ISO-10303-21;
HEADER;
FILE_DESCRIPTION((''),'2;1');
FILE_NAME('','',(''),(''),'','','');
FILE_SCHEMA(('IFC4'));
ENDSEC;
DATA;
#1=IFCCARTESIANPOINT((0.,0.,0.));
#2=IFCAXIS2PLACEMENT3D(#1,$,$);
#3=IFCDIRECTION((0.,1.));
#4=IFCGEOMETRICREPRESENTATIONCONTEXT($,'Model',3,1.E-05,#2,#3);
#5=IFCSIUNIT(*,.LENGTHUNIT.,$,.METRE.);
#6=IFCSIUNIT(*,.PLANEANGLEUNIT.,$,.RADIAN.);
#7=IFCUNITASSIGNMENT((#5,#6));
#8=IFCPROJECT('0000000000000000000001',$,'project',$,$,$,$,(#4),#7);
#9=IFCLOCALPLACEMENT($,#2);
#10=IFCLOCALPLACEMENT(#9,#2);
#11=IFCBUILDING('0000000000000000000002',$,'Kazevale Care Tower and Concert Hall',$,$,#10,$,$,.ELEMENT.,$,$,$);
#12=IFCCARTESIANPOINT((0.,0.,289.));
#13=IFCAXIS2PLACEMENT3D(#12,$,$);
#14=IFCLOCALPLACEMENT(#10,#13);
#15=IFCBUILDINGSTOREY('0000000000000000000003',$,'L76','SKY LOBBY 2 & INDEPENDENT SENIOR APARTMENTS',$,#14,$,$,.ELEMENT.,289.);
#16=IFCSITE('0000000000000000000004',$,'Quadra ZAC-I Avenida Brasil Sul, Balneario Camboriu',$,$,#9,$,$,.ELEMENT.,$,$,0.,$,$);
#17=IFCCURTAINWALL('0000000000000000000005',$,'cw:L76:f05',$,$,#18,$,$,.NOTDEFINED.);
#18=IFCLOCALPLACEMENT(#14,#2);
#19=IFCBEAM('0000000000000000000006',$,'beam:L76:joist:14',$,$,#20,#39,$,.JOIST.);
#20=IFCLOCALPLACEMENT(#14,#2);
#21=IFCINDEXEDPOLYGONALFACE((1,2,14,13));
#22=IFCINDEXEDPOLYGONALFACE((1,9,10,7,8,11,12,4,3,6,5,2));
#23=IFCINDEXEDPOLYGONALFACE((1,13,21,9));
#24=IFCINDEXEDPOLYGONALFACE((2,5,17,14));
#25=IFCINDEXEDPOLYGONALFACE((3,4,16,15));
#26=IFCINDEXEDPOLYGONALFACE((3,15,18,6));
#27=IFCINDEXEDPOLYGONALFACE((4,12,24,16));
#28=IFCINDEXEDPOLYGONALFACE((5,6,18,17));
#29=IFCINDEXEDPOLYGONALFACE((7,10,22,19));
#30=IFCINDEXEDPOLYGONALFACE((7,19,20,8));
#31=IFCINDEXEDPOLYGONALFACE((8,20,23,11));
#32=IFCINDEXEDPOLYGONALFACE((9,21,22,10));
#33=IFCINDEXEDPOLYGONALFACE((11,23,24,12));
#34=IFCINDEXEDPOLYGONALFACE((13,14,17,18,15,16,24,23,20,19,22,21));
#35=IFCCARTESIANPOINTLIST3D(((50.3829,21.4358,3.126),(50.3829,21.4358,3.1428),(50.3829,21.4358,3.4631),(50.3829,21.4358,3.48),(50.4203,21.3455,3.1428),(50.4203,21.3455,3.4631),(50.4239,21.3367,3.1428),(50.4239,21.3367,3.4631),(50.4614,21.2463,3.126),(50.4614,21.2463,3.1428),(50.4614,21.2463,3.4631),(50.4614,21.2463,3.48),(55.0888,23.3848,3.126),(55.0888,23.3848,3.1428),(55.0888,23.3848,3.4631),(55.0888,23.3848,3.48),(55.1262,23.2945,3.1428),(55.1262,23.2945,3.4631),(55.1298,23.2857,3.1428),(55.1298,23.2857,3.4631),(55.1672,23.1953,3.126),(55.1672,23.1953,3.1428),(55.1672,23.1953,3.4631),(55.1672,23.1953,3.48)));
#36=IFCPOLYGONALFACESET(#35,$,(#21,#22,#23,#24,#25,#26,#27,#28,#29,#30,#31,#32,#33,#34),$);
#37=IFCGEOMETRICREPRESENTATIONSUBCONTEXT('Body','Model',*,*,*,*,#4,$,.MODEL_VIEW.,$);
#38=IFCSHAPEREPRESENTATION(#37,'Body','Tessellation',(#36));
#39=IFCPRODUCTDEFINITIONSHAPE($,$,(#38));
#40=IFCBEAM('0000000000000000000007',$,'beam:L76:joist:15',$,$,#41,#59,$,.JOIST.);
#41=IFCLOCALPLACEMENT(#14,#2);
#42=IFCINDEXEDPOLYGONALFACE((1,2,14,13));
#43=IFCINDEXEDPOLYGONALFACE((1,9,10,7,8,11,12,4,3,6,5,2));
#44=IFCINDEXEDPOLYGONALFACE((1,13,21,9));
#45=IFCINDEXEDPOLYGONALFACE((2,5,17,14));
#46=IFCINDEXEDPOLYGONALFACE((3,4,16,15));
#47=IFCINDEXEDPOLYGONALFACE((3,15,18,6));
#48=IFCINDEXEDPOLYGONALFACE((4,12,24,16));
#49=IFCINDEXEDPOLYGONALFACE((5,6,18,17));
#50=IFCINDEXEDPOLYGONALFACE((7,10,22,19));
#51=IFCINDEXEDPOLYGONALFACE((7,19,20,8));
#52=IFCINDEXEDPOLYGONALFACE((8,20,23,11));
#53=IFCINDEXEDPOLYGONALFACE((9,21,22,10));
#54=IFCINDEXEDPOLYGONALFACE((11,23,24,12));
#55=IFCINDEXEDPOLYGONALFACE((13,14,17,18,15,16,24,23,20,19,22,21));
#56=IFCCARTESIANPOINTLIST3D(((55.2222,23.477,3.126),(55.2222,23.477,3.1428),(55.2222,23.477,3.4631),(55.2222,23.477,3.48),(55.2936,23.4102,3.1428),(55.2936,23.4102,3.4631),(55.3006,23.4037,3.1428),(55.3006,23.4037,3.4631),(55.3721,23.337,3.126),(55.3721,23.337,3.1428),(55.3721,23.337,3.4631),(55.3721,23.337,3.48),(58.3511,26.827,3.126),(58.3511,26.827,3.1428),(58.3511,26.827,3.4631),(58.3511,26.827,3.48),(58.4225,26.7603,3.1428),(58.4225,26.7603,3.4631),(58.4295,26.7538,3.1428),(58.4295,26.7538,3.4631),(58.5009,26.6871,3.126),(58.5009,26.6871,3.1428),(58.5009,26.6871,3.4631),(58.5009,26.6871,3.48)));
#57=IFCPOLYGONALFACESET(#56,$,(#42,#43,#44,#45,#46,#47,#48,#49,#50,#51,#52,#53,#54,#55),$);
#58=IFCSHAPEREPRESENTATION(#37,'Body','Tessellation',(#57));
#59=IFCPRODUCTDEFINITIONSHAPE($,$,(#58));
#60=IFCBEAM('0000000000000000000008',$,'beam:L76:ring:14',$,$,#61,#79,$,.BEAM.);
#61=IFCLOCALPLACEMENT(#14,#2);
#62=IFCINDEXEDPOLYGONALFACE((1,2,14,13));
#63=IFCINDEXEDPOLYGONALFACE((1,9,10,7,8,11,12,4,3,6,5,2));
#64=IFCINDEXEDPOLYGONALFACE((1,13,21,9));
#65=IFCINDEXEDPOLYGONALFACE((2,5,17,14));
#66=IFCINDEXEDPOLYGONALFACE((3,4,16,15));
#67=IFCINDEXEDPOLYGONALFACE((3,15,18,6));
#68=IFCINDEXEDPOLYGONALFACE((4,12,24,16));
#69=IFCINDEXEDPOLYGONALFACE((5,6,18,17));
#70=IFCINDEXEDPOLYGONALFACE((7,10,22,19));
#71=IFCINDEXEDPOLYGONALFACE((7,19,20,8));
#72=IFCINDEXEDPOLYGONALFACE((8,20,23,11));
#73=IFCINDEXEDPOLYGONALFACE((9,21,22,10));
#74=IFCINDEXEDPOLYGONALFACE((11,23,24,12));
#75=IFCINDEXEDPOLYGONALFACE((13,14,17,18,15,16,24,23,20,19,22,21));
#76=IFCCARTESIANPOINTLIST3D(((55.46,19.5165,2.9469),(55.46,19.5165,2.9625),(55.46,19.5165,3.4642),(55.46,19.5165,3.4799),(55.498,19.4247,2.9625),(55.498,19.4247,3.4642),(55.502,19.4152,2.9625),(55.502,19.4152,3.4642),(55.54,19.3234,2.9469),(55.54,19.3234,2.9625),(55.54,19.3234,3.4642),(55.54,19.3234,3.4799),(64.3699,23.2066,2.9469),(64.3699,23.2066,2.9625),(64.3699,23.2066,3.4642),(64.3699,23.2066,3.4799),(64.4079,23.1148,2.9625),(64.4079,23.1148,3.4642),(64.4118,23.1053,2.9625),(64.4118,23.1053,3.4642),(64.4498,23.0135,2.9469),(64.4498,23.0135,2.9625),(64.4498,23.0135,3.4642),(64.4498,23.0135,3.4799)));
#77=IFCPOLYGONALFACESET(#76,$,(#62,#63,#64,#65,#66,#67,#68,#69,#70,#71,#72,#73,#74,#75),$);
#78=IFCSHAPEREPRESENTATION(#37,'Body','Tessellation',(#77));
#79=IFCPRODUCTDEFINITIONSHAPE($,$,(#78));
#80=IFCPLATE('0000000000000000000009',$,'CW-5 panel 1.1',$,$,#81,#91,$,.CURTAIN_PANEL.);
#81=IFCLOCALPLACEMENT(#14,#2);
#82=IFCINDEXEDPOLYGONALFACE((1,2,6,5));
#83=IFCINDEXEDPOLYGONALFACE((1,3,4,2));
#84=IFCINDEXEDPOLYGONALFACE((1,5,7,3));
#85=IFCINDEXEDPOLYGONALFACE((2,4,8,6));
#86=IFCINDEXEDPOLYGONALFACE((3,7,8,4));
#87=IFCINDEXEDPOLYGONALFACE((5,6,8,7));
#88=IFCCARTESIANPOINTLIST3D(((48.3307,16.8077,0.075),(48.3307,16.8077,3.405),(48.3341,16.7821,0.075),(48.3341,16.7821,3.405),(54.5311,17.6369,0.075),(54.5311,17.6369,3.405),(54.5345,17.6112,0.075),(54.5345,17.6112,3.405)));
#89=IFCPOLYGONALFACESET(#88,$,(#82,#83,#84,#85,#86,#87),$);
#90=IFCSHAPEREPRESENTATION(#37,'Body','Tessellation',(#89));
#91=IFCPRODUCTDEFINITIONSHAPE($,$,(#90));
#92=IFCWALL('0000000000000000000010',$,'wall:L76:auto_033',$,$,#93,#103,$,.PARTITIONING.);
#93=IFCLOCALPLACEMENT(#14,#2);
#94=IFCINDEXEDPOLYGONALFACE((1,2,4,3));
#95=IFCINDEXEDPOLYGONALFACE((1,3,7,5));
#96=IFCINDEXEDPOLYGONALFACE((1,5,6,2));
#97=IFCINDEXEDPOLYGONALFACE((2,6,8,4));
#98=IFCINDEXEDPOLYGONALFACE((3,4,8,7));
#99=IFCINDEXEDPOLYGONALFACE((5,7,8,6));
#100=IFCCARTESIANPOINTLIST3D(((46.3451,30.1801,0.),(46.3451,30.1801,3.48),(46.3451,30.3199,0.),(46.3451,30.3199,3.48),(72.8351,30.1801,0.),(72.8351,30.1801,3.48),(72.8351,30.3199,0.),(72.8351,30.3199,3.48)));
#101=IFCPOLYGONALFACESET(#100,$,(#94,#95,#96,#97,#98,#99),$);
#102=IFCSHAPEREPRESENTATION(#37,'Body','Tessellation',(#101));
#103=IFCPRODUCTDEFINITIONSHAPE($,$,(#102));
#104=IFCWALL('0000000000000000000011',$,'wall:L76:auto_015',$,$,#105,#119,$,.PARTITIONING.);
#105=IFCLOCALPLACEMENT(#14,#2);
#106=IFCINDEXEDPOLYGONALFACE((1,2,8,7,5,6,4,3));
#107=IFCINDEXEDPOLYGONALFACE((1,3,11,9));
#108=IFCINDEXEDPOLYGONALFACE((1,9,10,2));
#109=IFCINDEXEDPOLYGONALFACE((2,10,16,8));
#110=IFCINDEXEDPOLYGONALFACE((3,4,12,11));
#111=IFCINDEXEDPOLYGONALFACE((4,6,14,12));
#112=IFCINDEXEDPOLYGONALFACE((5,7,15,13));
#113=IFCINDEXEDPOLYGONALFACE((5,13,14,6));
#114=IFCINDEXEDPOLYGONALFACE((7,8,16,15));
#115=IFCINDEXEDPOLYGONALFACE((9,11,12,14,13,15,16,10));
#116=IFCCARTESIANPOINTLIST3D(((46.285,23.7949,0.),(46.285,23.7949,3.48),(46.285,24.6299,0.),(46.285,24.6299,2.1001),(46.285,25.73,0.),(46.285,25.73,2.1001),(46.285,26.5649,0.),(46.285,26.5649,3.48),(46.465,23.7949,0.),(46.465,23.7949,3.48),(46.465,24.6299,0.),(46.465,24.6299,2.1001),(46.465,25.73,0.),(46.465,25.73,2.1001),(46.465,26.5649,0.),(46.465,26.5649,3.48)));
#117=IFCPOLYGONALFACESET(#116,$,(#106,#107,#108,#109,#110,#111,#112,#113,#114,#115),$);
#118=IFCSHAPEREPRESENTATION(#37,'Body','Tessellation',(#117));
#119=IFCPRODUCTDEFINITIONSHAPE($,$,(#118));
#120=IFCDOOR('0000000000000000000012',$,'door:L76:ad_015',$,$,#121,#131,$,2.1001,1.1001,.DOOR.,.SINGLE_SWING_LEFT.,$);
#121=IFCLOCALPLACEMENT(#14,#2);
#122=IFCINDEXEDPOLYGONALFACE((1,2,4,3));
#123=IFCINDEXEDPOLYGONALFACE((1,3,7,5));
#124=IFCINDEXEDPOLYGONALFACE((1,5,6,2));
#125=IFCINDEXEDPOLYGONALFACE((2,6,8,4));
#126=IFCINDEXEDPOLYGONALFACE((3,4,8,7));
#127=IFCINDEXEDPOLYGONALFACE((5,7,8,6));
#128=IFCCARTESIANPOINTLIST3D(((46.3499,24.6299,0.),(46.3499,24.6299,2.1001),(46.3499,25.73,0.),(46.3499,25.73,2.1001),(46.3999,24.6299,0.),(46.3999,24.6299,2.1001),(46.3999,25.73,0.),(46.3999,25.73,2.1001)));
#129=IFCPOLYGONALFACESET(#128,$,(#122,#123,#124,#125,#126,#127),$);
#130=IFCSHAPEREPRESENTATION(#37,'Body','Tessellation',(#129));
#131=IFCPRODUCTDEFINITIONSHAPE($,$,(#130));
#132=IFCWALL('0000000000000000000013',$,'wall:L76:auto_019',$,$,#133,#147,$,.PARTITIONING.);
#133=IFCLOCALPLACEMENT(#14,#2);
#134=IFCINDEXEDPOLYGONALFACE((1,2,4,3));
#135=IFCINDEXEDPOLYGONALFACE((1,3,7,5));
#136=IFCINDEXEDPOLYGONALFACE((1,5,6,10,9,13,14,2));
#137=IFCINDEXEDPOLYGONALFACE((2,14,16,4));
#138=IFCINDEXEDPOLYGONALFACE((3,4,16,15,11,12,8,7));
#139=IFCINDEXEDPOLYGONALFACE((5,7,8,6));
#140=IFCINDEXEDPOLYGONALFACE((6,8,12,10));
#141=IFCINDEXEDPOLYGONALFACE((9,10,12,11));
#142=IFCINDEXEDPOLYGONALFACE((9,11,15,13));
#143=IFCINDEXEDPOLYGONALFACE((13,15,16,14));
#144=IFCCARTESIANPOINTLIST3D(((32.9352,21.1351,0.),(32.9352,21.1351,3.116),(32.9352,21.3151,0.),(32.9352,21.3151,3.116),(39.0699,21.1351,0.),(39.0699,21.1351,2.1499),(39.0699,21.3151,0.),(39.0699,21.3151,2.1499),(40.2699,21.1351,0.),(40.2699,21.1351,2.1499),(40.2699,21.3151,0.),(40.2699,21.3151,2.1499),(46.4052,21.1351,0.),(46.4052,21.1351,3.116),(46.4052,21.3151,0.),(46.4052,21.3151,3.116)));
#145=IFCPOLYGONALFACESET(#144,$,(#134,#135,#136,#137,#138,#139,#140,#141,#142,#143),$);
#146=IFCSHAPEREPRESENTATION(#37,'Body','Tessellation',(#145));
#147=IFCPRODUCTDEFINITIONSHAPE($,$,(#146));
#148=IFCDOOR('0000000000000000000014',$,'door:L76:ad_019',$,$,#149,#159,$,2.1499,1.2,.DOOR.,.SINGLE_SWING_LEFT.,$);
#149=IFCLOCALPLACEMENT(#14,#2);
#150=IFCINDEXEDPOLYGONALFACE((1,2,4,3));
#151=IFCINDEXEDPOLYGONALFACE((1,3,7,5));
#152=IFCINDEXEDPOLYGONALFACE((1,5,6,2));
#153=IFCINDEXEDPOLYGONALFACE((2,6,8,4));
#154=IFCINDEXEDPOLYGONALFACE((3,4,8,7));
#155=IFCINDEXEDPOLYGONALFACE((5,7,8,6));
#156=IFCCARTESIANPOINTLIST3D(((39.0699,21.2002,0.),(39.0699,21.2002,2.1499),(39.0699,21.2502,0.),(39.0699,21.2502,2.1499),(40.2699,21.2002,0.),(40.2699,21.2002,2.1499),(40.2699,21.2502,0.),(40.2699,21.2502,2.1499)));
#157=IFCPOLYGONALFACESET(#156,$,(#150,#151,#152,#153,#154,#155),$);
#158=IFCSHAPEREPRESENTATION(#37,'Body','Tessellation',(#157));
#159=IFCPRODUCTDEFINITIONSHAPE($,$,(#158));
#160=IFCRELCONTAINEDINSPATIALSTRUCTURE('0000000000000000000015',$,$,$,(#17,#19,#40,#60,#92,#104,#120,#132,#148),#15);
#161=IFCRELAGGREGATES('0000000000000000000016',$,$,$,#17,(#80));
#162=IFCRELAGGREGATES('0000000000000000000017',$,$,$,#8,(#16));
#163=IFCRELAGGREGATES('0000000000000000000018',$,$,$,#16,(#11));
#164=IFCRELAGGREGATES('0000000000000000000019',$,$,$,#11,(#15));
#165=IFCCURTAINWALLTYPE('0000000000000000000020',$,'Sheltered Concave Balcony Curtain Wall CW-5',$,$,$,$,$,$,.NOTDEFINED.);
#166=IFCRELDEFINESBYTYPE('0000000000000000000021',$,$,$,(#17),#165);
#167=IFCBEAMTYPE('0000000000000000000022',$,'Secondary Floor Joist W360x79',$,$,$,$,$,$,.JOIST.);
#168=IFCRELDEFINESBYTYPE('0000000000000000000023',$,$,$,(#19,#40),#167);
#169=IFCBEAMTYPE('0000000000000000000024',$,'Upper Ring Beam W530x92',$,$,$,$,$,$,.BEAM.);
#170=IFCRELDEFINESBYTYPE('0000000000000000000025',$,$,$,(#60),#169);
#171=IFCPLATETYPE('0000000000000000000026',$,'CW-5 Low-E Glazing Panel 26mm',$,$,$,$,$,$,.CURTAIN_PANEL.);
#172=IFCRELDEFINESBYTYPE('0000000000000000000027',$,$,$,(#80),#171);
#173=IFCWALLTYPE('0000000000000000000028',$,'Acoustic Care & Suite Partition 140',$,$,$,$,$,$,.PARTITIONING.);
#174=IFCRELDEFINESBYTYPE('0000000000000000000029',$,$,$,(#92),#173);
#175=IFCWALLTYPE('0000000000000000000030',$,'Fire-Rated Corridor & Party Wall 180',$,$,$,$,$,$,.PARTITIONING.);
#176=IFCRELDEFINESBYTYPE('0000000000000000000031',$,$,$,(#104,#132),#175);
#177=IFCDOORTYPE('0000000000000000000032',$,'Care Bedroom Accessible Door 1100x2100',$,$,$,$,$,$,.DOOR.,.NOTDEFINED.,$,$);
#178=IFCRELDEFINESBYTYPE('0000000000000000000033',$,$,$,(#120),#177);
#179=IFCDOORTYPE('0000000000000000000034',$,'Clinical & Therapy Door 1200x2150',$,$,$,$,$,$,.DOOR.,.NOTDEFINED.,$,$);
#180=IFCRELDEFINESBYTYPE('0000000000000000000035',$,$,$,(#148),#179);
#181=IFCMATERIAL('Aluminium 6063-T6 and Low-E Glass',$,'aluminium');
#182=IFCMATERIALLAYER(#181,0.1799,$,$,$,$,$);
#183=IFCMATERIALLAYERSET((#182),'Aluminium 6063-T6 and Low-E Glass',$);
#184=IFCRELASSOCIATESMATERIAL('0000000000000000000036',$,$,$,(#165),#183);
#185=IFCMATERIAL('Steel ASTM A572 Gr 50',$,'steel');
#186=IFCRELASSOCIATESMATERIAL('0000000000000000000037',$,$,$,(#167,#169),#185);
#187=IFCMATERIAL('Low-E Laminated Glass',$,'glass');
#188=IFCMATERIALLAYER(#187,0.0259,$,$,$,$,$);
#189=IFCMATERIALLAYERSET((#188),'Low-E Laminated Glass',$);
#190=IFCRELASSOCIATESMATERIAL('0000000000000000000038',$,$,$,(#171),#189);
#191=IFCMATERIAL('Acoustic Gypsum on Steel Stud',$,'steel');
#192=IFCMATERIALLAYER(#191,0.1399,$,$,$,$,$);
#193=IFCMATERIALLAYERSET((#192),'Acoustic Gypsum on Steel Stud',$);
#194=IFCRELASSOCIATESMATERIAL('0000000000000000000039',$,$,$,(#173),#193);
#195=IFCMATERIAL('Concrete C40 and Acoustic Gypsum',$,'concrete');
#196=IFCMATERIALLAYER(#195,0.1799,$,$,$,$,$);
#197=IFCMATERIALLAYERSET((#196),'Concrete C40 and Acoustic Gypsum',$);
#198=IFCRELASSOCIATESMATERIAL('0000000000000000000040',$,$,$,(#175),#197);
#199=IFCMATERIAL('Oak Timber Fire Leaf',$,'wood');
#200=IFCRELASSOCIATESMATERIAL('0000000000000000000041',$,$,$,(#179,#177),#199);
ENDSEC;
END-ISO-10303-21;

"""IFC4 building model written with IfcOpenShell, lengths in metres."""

from ifc_helpers import new_model, si_unit, direction, frame, frame_2d, origin, origin_2d, place, context, subcontext, project, spatial, rectangle, i_section, extrude, material, layer, layer_set, material_profile, profile_set, type_object, element, fill, aggregate, save


model = new_model("IFC4")

# Units and contexts
model_context = context("Model", 3, precision=1e-05, world=origin(), true_north=direction((0.0, 1.0)))
body_context = subcontext(model_context, "Body", "Model", "MODEL_VIEW")
ifc_project = project(units=[si_unit("LENGTHUNIT", "METRE"), si_unit("PLANEANGLEUNIT", "RADIAN")], contexts=[model_context])

# Site, building, storey
site_placement = place(None, origin())
site = spatial("IfcSite", under=ifc_project, at=site_placement, Name="Quadra ZAC-I Avenida Brasil Sul, Balneario Camboriu", CompositionType="ELEMENT", RefElevation=0.0)
building_placement = place(site_placement, origin())
building = spatial("IfcBuilding", under=site, at=building_placement, Name="Kazevale Care Tower and Concert Hall", CompositionType="ELEMENT")
storey_placement = place(building_placement, frame((0.0, 0.0, 289.0)))
storey = spatial("IfcBuildingStorey", under=building, at=storey_placement, Name="L76", Description="SKY LOBBY 2 & INDEPENDENT SENIOR APARTMENTS", CompositionType="ELEMENT", Elevation=289.0)

# Curtain wall
ifc_material_1 = material(Name="Aluminium 6063-T6 and Low-E Glass", Category="aluminium")
ifc_layer_1 = layer(ifc_material_1, 0.1799)
ifc_layer_set_1 = layer_set([ifc_layer_1], Name="Aluminium 6063-T6 and Low-E Glass")
curtain_wall_type = type_object("IfcCurtainWallType", Name="Sheltered Concave Balcony Curtain Wall CW-5", PredefinedType="NOTDEFINED", material=ifc_layer_set_1)
curtain_wall_1_placement = place(storey_placement, origin())
curtain_wall_1 = element("IfcCurtainWall", 1, at=curtain_wall_1_placement, inside=storey, type_object=curtain_wall_type, Name="cw:L76:f05", PredefinedType="NOTDEFINED")

# Beams
ifc_material_2 = material(Name="Steel ASTM A572 Gr 50", Category="steel")
ifc_material_profile_1 = material_profile(ifc_material_2, i_section(OverallWidth=0.2051, OverallDepth=0.354, WebThickness=0.0095, FlangeThickness=0.0168, at=origin_2d()), Name="W360x79")
ifc_profile_set_1 = profile_set([ifc_material_profile_1], Name="Steel ASTM A572 Gr 50")
beam_type_1 = type_object("IfcBeamType", Name="Secondary Floor Joist W360x79", PredefinedType="JOIST", material=ifc_profile_set_1)
beam_1_placement = place(storey_placement, frame((50.4221, 21.3411, 3.303), z_axis=(0.923896, 0.382644, 0.0), x_axis=(-0.382644, 0.923896, 0.0)))
element("IfcBeam", 2, at=beam_1_placement, inside=storey, type_object=beam_type_1, Name="beam:L76:joist:14", PredefinedType="JOIST", context=body_context, shape_type="SweptSolid", body=[
    extrude(i_section(OverallWidth=0.2051, OverallDepth=0.354, WebThickness=0.0095, FlangeThickness=0.0168, at=origin_2d()), origin(), (0.0, 0.0, 1.0), 5.0935),
])
beam_2_placement = place(storey_placement, frame((55.2971, 23.407, 3.303), z_axis=(0.682569, 0.730821, 0.0), x_axis=(-0.730821, 0.682569, 0.0)))
element("IfcBeam", 3, at=beam_2_placement, inside=storey, type_object=beam_type_1, Name="beam:L76:joist:15", PredefinedType="JOIST", context=body_context, shape_type="SweptSolid", body=[
    extrude(i_section(OverallWidth=0.2051, OverallDepth=0.354, WebThickness=0.0095, FlangeThickness=0.0168, at=origin_2d()), origin(), (0.0, 0.0, 1.0), 4.584),
])
ifc_material_profile_2 = material_profile(ifc_material_2, i_section(OverallWidth=0.209, OverallDepth=0.533, WebThickness=0.0103, FlangeThickness=0.0156, at=origin_2d()), Name="W530x92")
ifc_profile_set_2 = profile_set([ifc_material_profile_2], Name="Steel ASTM A572 Gr 50")
beam_type_2 = type_object("IfcBeamType", Name="Upper Ring Beam W530x92", PredefinedType="BEAM", material=ifc_profile_set_2)
beam_3_placement = place(storey_placement, frame((55.5, 19.4199, 3.2134), z_axis=(0.923895, 0.382646, 0.0), x_axis=(-0.382646, 0.923895, 0.0)))
element("IfcBeam", 4, at=beam_3_placement, inside=storey, type_object=beam_type_2, Name="beam:L76:ring:14", PredefinedType="BEAM", context=body_context, shape_type="SweptSolid", body=[
    extrude(i_section(OverallWidth=0.209, OverallDepth=0.533, WebThickness=0.0103, FlangeThickness=0.0156, at=origin_2d()), origin(), (0.0, 0.0, 1.0), 9.6438),
])

# Plate
ifc_material_3 = material(Name="Low-E Laminated Glass", Category="glass")
ifc_layer_2 = layer(ifc_material_3, 0.0259)
ifc_layer_set_2 = layer_set([ifc_layer_2], Name="Low-E Laminated Glass")
plate_type = type_object("IfcPlateType", Name="CW-5 Low-E Glazing Panel 26mm", PredefinedType="CURTAIN_PANEL", material=ifc_layer_set_2)
plate_placement = place(storey_placement, frame((51.4326, 17.2095, 0.075), z_axis=(0.0, 0.0, 1.0), x_axis=(-0.991177, -0.132542, 0.0)))
plate = element("IfcPlate", 5, at=plate_placement, type_object=plate_type, Name="CW-5 panel 1.1", PredefinedType="CURTAIN_PANEL", context=body_context, shape_type="SweptSolid", body=[
    extrude(rectangle(XDim=6.2556, YDim=0.0259, at=origin_2d()), origin(), (0.0, 0.0, 1.0), 3.3301),
])
aggregate(curtain_wall_1, [plate])

# Wall
ifc_material_4 = material(Name="Acoustic Gypsum on Steel Stud", Category="steel")
ifc_layer_3 = layer(ifc_material_4, 0.1399)
ifc_layer_set_3 = layer_set([ifc_layer_3], Name="Acoustic Gypsum on Steel Stud")
wall_type_1 = type_object("IfcWallType", Name="Acoustic Care & Suite Partition 140", PredefinedType="PARTITIONING", material=ifc_layer_set_3)
wall_1_placement = place(storey_placement, frame((46.345, 30.25, 0.0), z_axis=(0.0, 0.0, 1.0), x_axis=(1.0, 0.0, 0.0)))
element("IfcWall", 6, at=wall_1_placement, inside=storey, type_object=wall_type_1, Name="wall:L76:auto_033", PredefinedType="PARTITIONING", context=body_context, shape_type="SweptSolid", body=[
    extrude(rectangle(XDim=26.49, YDim=0.1399, at=frame_2d((13.2451, 0.0))), origin(), (0.0, 0.0, 1.0), 3.48),
])

# Walls, openings, doors
ifc_material_5 = material(Name="Concrete C40 and Acoustic Gypsum", Category="concrete")
ifc_layer_4 = layer(ifc_material_5, 0.1799)
ifc_layer_set_4 = layer_set([ifc_layer_4], Name="Concrete C40 and Acoustic Gypsum")
wall_type_2 = type_object("IfcWallType", Name="Fire-Rated Corridor & Party Wall 180", PredefinedType="PARTITIONING", material=ifc_layer_set_4)
ifc_material_6 = material(Name="Oak Timber Fire Leaf", Category="wood")
door_type_1 = type_object("IfcDoorType", Name="Clinical & Therapy Door 1200x2150", OperationType="NOTDEFINED", PredefinedType="DOOR", material=ifc_material_6)
wall_2_placement = place(storey_placement, frame((46.375, 26.5649, 0.0), z_axis=(0.0, 0.0, 1.0), x_axis=(0.0, -1.0, 0.0)))
wall_2 = element("IfcWall", 7, at=wall_2_placement, inside=storey, type_object=wall_type_2, Name="wall:L76:auto_015", PredefinedType="PARTITIONING", context=body_context, shape_type="SweptSolid", body=[
    extrude(rectangle(XDim=2.77, YDim=0.1799, at=frame_2d((1.385, 0.0))), origin(), (0.0, 0.0, 1.0), 3.48),
])
opening_1_placement = place(wall_2_placement, frame((0.835, 0.0, 0.0)))
opening_1 = element("IfcOpeningElement", 8, at=opening_1_placement, cuts=wall_2, PredefinedType="OPENING", context=body_context, shape_type="SweptSolid", body=[
    extrude(rectangle(XDim=1.1001, YDim=2.1001, at=frame_2d((0.55, 1.05))), frame((0.0, 0.0999, 0.0), z_axis=(0.0, -1.0, 0.0), x_axis=(1.0, 0.0, 0.0)), (0.0, 0.0, 1.0), 0.2),
])
door_type_2 = type_object("IfcDoorType", Name="Care Bedroom Accessible Door 1100x2100", OperationType="NOTDEFINED", PredefinedType="DOOR", material=ifc_material_6)
door_1_placement = place(opening_1_placement, origin())
door_1 = element("IfcDoor", 9, at=door_1_placement, inside=storey, type_object=door_type_2, Name="door:L76:ad_015", OperationType="SINGLE_SWING_LEFT", OverallHeight=2.1001, OverallWidth=1.1001, PredefinedType="DOOR", context=body_context, shape_type="SweptSolid", body=[
    extrude(rectangle(XDim=1.1001, YDim=2.1001, at=frame_2d((0.55, 1.05))), frame((0.0, 0.0249, 0.0), z_axis=(0.0, -1.0, 0.0), x_axis=(1.0, 0.0, 0.0)), (0.0, 0.0, 1.0), 0.05),
])
fill(opening_1, door_1)
wall_3_placement = place(storey_placement, frame((46.405, 21.2251, 0.0), z_axis=(0.0, 0.0, 1.0), x_axis=(-1.0, 0.0, 0.0)))
wall_3 = element("IfcWall", 10, at=wall_3_placement, inside=storey, type_object=wall_type_2, Name="wall:L76:auto_019", PredefinedType="PARTITIONING", context=body_context, shape_type="SweptSolid", body=[
    extrude(rectangle(XDim=13.47, YDim=0.1799, at=frame_2d((6.7349, 0.0))), origin(), (0.0, 0.0, 1.0), 3.116),
])
opening_2_placement = place(wall_3_placement, frame((6.135, 0.0, 0.0)))
opening_2 = element("IfcOpeningElement", 11, at=opening_2_placement, cuts=wall_3, PredefinedType="OPENING", context=body_context, shape_type="SweptSolid", body=[
    extrude(rectangle(XDim=1.2, YDim=2.1499, at=frame_2d((0.6001, 1.075))), frame((0.0, 0.0999, 0.0), z_axis=(0.0, -1.0, 0.0), x_axis=(1.0, 0.0, 0.0)), (0.0, 0.0, 1.0), 0.2),
])
door_2_placement = place(opening_2_placement, origin())
door_2 = element("IfcDoor", 12, at=door_2_placement, inside=storey, type_object=door_type_1, Name="door:L76:ad_019", OperationType="SINGLE_SWING_LEFT", OverallHeight=2.1499, OverallWidth=1.2, PredefinedType="DOOR", context=body_context, shape_type="SweptSolid", body=[
    extrude(rectangle(XDim=1.2, YDim=2.1499, at=frame_2d((0.6001, 1.075))), frame((0.0, 0.0249, 0.0), z_axis=(0.0, -1.0, 0.0), x_axis=(1.0, 0.0, 0.0)), (0.0, 0.0, 1.0), 0.05),
])
fill(opening_2, door_2)

save(model, "model.ifc")
